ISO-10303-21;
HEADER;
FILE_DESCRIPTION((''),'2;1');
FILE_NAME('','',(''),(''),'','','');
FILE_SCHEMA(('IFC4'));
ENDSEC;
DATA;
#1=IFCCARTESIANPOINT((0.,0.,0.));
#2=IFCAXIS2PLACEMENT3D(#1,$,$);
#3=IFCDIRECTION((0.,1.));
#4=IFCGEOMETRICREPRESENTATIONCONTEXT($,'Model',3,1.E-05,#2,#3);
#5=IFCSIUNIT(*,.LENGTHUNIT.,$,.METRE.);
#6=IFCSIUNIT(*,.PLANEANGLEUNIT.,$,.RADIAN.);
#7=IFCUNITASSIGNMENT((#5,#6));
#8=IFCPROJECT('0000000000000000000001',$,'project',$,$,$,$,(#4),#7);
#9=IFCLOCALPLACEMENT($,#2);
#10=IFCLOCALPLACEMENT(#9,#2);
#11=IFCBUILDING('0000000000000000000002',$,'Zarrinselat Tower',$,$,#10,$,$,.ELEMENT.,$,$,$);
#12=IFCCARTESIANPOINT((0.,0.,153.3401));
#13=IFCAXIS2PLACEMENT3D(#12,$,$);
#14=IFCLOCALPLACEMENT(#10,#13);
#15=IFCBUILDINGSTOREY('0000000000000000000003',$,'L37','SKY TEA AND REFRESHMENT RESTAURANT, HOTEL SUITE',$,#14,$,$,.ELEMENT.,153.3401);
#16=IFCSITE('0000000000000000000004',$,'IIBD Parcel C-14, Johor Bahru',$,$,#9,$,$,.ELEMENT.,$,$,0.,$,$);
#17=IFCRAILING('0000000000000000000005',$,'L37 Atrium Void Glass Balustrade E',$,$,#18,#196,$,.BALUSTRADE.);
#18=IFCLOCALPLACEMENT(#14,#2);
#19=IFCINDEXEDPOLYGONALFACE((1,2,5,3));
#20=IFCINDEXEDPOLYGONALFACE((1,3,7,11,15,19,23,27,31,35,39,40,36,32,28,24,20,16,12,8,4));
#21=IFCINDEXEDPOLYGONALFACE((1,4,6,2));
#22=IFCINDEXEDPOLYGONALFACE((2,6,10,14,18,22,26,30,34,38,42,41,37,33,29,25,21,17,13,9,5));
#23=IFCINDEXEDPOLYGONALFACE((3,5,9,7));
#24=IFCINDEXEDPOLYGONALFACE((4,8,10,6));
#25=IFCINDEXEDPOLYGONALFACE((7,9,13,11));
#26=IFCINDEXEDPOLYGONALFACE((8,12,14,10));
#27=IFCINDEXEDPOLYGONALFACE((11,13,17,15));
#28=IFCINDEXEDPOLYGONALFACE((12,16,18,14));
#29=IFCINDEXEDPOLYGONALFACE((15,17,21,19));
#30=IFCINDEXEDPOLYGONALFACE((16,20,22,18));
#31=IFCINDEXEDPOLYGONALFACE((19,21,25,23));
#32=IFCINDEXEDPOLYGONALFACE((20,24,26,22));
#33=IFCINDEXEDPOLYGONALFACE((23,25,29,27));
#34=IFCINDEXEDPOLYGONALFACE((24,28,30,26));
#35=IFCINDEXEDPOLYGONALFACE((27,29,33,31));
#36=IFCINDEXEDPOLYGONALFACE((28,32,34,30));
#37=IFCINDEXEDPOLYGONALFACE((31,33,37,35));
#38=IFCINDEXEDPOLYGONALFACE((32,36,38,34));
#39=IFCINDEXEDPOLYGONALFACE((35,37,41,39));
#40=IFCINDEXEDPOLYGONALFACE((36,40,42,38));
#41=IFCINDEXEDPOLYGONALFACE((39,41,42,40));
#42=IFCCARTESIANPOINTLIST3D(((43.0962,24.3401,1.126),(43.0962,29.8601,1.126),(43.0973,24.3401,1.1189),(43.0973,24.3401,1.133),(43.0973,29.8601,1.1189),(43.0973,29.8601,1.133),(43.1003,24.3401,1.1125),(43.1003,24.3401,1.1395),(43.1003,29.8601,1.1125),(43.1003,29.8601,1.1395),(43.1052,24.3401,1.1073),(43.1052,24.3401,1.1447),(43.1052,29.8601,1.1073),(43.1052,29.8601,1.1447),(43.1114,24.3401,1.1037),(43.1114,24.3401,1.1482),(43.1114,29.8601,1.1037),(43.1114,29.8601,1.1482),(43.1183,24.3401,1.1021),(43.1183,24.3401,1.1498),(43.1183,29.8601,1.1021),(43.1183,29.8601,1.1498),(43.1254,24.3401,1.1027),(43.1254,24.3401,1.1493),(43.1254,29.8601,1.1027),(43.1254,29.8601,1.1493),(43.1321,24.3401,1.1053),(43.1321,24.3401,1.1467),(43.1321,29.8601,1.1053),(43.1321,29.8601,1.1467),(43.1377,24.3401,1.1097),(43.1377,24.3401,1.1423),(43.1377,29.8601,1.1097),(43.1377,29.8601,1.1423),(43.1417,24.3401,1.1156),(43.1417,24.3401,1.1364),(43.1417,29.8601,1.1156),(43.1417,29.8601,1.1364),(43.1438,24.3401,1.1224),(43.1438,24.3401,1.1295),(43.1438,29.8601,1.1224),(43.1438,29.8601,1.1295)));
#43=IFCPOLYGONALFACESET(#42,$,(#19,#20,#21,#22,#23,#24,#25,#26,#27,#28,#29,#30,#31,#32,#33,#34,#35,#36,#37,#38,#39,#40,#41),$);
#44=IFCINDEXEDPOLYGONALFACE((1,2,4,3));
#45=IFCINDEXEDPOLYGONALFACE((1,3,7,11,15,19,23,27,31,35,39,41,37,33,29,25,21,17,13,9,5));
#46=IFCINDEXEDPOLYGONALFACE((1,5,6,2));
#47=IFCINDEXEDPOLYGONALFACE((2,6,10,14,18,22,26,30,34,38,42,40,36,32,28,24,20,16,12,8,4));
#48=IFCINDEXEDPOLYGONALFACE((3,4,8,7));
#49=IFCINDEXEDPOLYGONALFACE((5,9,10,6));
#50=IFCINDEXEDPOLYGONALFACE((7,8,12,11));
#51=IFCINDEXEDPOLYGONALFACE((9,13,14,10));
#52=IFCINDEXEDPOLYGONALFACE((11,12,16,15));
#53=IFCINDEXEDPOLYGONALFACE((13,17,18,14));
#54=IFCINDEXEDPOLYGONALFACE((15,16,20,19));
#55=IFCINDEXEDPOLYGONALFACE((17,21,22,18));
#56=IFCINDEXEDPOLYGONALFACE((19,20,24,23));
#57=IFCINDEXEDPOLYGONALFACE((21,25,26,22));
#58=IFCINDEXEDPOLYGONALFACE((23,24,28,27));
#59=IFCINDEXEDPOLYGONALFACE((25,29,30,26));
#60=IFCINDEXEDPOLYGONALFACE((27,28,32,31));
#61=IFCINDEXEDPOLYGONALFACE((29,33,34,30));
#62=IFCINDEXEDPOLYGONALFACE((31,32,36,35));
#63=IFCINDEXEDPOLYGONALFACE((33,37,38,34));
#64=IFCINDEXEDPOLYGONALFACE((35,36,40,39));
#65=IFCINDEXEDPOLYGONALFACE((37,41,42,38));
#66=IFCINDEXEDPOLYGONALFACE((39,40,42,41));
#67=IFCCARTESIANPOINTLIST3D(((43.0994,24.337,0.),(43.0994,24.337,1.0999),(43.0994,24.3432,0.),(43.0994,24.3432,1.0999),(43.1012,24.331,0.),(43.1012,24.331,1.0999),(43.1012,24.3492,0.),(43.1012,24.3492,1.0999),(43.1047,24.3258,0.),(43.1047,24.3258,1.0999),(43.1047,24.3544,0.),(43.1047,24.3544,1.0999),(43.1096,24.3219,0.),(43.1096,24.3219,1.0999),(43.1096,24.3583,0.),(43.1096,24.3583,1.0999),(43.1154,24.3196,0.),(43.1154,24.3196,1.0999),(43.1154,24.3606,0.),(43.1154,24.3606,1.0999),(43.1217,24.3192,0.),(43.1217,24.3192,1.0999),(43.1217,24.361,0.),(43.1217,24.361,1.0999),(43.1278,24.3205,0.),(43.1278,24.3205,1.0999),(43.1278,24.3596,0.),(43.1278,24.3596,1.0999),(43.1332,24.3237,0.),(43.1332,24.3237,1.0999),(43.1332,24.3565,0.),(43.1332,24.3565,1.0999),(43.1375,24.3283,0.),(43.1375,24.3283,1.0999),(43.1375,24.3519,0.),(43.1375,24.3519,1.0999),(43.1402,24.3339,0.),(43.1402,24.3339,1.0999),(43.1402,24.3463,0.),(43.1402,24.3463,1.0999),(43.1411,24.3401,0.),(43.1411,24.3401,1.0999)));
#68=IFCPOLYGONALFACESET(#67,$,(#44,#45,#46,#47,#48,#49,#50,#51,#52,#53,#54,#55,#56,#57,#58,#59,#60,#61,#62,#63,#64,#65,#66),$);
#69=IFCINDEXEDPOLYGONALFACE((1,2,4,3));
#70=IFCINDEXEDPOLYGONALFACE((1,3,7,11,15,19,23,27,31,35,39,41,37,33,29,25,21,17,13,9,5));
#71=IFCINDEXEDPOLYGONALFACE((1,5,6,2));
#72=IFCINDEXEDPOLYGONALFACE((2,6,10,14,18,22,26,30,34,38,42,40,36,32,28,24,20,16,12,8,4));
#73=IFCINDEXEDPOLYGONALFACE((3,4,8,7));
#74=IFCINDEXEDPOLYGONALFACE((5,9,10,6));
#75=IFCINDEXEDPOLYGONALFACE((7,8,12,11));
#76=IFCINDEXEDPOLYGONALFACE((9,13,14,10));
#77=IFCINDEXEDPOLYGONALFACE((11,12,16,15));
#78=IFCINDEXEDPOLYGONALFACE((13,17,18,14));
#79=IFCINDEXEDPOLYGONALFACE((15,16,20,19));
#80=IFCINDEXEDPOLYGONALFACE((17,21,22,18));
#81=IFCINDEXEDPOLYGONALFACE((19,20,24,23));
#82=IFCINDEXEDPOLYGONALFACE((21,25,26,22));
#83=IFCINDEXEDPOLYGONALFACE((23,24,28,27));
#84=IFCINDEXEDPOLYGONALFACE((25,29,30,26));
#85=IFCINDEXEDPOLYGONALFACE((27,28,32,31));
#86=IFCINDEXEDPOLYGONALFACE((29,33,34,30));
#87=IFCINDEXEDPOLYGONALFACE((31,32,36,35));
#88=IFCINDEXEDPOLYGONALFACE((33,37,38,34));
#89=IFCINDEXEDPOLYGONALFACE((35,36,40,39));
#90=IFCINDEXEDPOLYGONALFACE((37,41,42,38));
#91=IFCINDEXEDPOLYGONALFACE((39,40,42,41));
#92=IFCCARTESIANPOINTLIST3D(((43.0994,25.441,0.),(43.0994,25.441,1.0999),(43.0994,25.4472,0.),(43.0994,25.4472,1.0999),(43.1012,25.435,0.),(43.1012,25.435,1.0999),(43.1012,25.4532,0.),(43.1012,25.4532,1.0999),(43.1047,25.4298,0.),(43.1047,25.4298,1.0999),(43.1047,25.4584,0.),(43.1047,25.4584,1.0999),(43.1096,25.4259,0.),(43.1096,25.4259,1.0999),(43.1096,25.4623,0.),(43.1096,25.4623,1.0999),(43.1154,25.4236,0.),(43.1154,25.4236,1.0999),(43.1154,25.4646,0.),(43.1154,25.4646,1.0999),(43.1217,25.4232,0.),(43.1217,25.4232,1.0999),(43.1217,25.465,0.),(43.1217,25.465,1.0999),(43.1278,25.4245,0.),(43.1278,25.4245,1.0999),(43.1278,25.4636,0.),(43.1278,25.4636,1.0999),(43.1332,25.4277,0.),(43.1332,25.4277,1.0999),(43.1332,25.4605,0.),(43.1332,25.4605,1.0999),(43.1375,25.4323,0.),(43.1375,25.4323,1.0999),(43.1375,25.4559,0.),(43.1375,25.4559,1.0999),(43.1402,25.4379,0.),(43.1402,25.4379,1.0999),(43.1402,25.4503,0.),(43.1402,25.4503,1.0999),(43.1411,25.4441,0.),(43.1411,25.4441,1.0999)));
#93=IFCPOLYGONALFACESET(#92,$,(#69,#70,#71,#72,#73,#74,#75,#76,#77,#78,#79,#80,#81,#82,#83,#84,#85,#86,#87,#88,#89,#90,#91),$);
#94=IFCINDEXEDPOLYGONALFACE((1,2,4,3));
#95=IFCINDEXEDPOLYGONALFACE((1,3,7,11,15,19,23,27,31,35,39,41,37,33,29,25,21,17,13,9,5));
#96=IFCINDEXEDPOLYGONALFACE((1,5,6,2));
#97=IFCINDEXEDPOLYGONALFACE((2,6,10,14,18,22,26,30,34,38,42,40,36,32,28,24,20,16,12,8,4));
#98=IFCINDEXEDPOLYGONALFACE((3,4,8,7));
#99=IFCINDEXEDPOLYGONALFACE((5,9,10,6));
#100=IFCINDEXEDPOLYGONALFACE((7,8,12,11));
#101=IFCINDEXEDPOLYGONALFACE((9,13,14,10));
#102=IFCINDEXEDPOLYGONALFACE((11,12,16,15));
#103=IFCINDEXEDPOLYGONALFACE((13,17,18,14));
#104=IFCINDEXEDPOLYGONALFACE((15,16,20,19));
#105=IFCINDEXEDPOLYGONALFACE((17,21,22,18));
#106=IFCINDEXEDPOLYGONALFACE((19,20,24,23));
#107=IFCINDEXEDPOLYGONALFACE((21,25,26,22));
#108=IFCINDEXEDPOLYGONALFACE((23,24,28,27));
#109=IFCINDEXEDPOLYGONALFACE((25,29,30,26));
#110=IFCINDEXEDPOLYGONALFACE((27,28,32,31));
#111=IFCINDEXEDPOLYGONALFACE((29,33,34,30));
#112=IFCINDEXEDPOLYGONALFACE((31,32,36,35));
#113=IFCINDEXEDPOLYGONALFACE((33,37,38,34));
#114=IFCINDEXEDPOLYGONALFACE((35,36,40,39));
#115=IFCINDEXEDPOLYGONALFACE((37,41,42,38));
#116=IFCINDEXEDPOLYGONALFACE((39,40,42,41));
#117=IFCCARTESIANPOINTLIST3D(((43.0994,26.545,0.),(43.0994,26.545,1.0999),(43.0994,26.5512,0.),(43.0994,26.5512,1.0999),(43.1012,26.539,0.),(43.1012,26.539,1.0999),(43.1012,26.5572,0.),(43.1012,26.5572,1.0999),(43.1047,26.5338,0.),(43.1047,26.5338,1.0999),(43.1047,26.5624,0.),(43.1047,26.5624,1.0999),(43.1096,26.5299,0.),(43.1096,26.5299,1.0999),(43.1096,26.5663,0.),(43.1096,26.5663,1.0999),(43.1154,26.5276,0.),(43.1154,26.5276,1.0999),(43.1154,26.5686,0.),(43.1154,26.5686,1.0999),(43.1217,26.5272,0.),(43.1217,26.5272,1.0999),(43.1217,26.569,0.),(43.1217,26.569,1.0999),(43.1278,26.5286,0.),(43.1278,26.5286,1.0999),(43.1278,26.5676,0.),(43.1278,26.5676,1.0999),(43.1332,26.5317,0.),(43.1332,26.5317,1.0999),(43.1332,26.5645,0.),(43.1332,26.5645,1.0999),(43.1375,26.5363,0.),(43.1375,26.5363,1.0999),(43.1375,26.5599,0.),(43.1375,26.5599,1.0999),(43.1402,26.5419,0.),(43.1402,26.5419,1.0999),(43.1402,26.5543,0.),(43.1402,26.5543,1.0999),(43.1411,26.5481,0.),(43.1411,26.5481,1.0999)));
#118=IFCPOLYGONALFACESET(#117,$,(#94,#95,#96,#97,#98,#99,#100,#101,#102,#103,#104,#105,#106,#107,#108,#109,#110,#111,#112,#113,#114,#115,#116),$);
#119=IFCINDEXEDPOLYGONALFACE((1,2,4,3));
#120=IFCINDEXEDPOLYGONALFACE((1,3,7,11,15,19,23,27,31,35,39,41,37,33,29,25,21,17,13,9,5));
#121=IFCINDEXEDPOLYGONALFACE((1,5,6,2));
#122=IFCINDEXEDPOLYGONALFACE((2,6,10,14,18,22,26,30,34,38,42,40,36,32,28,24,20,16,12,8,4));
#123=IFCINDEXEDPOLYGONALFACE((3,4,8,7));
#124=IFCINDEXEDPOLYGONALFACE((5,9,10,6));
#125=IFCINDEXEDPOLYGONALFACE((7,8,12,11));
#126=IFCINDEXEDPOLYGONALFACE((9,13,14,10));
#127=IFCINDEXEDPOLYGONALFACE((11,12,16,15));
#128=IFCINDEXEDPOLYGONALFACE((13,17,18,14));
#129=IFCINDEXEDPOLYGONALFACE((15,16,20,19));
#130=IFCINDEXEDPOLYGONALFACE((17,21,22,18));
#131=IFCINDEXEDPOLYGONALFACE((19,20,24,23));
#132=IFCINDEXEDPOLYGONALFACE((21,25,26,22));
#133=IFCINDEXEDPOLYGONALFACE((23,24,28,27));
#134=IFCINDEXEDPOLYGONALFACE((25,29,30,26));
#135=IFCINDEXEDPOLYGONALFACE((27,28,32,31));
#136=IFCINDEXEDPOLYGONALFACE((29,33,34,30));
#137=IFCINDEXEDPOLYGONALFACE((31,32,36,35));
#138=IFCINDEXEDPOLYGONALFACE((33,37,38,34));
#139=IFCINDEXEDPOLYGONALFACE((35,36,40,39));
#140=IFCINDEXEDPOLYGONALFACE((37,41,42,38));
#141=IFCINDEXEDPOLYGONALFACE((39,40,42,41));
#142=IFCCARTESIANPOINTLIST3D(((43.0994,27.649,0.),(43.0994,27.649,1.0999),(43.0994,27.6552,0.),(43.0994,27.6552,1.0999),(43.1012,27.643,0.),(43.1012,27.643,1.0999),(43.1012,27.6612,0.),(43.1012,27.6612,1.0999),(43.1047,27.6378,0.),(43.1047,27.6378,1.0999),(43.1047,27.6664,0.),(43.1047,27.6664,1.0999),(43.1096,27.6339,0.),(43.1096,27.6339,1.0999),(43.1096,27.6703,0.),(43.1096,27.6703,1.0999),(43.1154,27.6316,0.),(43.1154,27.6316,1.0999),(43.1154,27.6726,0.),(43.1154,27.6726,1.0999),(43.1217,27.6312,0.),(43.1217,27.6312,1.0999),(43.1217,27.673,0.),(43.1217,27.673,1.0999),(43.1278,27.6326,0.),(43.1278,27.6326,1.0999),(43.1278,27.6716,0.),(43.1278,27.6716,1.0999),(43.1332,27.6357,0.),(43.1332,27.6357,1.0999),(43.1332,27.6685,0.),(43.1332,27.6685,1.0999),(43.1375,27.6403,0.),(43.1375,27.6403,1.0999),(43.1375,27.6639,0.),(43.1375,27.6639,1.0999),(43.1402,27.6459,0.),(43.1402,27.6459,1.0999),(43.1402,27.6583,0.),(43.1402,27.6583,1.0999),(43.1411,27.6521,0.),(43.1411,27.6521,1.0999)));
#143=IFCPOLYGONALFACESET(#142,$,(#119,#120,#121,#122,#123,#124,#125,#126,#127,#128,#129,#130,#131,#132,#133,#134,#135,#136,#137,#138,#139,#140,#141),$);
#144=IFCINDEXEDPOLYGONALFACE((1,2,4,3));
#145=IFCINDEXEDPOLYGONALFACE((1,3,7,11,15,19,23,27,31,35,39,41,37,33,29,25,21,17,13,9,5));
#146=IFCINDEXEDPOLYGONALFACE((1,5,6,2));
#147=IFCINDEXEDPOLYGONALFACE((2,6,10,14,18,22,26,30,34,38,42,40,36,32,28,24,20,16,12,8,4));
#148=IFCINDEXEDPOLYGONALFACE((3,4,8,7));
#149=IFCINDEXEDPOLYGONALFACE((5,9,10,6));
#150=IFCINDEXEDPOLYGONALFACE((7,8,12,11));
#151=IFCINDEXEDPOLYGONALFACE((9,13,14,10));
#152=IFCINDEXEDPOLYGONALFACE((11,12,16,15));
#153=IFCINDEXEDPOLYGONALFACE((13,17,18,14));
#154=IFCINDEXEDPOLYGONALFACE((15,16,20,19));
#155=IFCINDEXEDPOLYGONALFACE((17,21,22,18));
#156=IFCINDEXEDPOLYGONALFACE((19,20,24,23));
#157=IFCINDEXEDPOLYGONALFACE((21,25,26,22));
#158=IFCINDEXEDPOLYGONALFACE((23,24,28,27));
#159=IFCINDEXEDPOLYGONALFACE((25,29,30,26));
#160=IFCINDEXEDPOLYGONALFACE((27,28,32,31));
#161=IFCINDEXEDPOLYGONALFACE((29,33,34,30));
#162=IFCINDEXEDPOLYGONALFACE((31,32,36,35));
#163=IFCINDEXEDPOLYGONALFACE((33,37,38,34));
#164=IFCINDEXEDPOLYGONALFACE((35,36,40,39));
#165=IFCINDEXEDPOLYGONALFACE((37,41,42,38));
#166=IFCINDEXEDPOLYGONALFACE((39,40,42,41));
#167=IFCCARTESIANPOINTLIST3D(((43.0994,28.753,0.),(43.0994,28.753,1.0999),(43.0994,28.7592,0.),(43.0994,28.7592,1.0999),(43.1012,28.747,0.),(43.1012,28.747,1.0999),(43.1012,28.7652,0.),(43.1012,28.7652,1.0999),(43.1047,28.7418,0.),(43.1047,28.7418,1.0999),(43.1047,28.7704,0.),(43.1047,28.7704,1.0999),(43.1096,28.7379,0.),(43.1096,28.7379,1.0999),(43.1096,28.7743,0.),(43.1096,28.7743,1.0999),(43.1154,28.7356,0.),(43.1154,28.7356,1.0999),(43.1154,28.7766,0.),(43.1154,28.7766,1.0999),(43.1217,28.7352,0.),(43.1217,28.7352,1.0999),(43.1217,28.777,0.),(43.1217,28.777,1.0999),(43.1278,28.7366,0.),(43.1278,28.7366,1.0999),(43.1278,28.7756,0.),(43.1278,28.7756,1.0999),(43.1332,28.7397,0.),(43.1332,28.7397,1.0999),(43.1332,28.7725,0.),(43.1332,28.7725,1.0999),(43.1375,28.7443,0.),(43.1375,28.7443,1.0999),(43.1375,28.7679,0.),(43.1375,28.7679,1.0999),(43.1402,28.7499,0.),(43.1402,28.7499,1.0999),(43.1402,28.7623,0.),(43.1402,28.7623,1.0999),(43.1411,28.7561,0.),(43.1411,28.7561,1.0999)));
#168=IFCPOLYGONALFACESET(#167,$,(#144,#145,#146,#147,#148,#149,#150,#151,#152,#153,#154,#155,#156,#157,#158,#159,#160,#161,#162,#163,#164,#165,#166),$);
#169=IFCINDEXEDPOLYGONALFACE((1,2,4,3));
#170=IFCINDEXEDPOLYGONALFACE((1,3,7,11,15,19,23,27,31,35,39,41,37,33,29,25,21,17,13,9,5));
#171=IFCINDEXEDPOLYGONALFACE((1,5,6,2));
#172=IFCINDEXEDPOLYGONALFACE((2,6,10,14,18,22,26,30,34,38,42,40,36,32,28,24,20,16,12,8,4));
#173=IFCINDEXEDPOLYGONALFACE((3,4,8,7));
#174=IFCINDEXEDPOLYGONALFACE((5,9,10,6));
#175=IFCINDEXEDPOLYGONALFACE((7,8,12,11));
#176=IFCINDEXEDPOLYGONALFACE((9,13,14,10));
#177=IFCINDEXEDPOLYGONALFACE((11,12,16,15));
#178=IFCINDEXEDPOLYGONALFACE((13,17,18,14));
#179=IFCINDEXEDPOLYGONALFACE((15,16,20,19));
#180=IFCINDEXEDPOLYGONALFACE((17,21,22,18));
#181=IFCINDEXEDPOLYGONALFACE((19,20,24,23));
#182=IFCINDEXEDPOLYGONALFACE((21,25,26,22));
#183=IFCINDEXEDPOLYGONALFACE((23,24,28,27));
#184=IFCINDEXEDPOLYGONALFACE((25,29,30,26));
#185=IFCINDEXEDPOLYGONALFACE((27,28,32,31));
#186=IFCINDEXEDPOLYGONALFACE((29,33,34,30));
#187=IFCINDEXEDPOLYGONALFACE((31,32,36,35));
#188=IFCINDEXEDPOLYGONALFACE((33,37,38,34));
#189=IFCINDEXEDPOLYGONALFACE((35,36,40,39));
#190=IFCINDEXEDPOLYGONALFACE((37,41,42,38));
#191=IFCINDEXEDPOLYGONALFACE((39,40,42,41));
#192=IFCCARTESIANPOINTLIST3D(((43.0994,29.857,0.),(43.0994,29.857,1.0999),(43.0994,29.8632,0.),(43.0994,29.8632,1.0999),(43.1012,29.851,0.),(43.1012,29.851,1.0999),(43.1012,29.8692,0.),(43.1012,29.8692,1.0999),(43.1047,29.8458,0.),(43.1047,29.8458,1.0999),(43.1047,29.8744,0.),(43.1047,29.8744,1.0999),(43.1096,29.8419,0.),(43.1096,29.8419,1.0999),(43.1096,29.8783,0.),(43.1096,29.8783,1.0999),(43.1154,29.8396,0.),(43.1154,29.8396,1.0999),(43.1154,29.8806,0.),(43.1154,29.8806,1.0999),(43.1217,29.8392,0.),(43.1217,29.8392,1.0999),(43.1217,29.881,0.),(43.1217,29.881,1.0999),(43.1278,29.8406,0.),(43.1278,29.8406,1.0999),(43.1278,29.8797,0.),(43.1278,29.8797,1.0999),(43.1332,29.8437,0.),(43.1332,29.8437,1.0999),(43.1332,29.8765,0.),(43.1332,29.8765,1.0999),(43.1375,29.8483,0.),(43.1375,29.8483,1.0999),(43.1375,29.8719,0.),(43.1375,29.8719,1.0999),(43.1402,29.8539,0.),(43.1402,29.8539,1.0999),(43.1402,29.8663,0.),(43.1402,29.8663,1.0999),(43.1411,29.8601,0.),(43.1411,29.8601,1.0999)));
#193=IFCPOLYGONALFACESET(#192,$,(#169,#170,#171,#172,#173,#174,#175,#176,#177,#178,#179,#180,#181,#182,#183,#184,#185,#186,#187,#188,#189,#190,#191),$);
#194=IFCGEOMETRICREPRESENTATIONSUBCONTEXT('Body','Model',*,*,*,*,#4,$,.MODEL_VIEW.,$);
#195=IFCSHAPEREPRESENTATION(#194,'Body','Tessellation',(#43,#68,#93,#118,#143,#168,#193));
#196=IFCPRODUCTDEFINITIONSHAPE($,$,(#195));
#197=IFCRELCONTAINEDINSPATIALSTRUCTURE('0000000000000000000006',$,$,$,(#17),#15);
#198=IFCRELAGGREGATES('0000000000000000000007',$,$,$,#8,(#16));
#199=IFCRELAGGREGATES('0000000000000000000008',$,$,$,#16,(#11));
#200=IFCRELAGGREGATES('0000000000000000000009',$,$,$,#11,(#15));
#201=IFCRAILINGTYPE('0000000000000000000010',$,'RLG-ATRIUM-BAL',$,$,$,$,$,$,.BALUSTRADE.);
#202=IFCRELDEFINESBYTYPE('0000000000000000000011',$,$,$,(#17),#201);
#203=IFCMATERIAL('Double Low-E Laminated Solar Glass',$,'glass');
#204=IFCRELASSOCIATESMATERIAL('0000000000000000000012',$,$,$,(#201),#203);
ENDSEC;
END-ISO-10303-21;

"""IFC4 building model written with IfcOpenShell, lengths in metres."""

from ifc_helpers import new_model, si_unit, direction, frame, origin, origin_2d, place, context, subcontext, project, spatial, circle, extrude, material, type_object, element, save


model = new_model("IFC4")

# Units and contexts
model_context = context("Model", 3, precision=1e-05, world=origin(), true_north=direction((0.0, 1.0)))
body_context = subcontext(model_context, "Body", "Model", "MODEL_VIEW")
ifc_project = project(units=[si_unit("LENGTHUNIT", "METRE"), si_unit("PLANEANGLEUNIT", "RADIAN")], contexts=[model_context])

# Site, building, storey
site_placement = place(None, origin())
site = spatial("IfcSite", under=ifc_project, at=site_placement, Name="IIBD Parcel C-14, Johor Bahru", CompositionType="ELEMENT", RefElevation=0.0)
building_placement = place(site_placement, origin())
building = spatial("IfcBuilding", under=site, at=building_placement, Name="Zarrinselat Tower", CompositionType="ELEMENT")
storey_placement = place(building_placement, frame((0.0, 0.0, 153.3401)))
storey = spatial("IfcBuildingStorey", under=building, at=storey_placement, Name="L37", Description="SKY TEA AND REFRESHMENT RESTAURANT, HOTEL SUITE", CompositionType="ELEMENT", Elevation=153.3401)

# Railing
ifc_material_1 = material(Name="Double Low-E Laminated Solar Glass", Category="glass")
railing_type = type_object("IfcRailingType", Name="RLG-ATRIUM-BAL", PredefinedType="BALUSTRADE", material=ifc_material_1)
railing_1_placement = place(storey_placement, frame((43.1201, 24.3401, 0.0)))
element("IfcRailing", 1, at=railing_1_placement, inside=storey, type_object=railing_type, Name="L37 Atrium Void Glass Balustrade E", PredefinedType="BALUSTRADE", context=body_context, shape_type="SweptSolid", body=[
    extrude(circle(Radius=0.0239, at=origin_2d()), frame((0.0, 0.0, 1.126), z_axis=(0.0, 1.0, 0.0), x_axis=(-1.0, 0.0, 0.0)), (0.0, 0.0, 1.0), 5.52),
    extrude(circle(Radius=0.021, at=origin_2d()), origin(), (0.0, 0.0, 1.0), 1.0999),
    extrude(circle(Radius=0.021, at=origin_2d()), frame((0.0, 1.104, 0.0)), (0.0, 0.0, 1.0), 1.0999),
    extrude(circle(Radius=0.021, at=origin_2d()), frame((0.0, 2.208, 0.0)), (0.0, 0.0, 1.0), 1.0999),
    extrude(circle(Radius=0.021, at=origin_2d()), frame((0.0, 3.312, 0.0)), (0.0, 0.0, 1.0), 1.0999),
    extrude(circle(Radius=0.021, at=origin_2d()), frame((0.0, 4.416, 0.0)), (0.0, 0.0, 1.0), 1.0999),
    extrude(circle(Radius=0.021, at=origin_2d()), frame((0.0, 5.52, 0.0)), (0.0, 0.0, 1.0), 1.0999),
])

save(model, "model.ifc")
